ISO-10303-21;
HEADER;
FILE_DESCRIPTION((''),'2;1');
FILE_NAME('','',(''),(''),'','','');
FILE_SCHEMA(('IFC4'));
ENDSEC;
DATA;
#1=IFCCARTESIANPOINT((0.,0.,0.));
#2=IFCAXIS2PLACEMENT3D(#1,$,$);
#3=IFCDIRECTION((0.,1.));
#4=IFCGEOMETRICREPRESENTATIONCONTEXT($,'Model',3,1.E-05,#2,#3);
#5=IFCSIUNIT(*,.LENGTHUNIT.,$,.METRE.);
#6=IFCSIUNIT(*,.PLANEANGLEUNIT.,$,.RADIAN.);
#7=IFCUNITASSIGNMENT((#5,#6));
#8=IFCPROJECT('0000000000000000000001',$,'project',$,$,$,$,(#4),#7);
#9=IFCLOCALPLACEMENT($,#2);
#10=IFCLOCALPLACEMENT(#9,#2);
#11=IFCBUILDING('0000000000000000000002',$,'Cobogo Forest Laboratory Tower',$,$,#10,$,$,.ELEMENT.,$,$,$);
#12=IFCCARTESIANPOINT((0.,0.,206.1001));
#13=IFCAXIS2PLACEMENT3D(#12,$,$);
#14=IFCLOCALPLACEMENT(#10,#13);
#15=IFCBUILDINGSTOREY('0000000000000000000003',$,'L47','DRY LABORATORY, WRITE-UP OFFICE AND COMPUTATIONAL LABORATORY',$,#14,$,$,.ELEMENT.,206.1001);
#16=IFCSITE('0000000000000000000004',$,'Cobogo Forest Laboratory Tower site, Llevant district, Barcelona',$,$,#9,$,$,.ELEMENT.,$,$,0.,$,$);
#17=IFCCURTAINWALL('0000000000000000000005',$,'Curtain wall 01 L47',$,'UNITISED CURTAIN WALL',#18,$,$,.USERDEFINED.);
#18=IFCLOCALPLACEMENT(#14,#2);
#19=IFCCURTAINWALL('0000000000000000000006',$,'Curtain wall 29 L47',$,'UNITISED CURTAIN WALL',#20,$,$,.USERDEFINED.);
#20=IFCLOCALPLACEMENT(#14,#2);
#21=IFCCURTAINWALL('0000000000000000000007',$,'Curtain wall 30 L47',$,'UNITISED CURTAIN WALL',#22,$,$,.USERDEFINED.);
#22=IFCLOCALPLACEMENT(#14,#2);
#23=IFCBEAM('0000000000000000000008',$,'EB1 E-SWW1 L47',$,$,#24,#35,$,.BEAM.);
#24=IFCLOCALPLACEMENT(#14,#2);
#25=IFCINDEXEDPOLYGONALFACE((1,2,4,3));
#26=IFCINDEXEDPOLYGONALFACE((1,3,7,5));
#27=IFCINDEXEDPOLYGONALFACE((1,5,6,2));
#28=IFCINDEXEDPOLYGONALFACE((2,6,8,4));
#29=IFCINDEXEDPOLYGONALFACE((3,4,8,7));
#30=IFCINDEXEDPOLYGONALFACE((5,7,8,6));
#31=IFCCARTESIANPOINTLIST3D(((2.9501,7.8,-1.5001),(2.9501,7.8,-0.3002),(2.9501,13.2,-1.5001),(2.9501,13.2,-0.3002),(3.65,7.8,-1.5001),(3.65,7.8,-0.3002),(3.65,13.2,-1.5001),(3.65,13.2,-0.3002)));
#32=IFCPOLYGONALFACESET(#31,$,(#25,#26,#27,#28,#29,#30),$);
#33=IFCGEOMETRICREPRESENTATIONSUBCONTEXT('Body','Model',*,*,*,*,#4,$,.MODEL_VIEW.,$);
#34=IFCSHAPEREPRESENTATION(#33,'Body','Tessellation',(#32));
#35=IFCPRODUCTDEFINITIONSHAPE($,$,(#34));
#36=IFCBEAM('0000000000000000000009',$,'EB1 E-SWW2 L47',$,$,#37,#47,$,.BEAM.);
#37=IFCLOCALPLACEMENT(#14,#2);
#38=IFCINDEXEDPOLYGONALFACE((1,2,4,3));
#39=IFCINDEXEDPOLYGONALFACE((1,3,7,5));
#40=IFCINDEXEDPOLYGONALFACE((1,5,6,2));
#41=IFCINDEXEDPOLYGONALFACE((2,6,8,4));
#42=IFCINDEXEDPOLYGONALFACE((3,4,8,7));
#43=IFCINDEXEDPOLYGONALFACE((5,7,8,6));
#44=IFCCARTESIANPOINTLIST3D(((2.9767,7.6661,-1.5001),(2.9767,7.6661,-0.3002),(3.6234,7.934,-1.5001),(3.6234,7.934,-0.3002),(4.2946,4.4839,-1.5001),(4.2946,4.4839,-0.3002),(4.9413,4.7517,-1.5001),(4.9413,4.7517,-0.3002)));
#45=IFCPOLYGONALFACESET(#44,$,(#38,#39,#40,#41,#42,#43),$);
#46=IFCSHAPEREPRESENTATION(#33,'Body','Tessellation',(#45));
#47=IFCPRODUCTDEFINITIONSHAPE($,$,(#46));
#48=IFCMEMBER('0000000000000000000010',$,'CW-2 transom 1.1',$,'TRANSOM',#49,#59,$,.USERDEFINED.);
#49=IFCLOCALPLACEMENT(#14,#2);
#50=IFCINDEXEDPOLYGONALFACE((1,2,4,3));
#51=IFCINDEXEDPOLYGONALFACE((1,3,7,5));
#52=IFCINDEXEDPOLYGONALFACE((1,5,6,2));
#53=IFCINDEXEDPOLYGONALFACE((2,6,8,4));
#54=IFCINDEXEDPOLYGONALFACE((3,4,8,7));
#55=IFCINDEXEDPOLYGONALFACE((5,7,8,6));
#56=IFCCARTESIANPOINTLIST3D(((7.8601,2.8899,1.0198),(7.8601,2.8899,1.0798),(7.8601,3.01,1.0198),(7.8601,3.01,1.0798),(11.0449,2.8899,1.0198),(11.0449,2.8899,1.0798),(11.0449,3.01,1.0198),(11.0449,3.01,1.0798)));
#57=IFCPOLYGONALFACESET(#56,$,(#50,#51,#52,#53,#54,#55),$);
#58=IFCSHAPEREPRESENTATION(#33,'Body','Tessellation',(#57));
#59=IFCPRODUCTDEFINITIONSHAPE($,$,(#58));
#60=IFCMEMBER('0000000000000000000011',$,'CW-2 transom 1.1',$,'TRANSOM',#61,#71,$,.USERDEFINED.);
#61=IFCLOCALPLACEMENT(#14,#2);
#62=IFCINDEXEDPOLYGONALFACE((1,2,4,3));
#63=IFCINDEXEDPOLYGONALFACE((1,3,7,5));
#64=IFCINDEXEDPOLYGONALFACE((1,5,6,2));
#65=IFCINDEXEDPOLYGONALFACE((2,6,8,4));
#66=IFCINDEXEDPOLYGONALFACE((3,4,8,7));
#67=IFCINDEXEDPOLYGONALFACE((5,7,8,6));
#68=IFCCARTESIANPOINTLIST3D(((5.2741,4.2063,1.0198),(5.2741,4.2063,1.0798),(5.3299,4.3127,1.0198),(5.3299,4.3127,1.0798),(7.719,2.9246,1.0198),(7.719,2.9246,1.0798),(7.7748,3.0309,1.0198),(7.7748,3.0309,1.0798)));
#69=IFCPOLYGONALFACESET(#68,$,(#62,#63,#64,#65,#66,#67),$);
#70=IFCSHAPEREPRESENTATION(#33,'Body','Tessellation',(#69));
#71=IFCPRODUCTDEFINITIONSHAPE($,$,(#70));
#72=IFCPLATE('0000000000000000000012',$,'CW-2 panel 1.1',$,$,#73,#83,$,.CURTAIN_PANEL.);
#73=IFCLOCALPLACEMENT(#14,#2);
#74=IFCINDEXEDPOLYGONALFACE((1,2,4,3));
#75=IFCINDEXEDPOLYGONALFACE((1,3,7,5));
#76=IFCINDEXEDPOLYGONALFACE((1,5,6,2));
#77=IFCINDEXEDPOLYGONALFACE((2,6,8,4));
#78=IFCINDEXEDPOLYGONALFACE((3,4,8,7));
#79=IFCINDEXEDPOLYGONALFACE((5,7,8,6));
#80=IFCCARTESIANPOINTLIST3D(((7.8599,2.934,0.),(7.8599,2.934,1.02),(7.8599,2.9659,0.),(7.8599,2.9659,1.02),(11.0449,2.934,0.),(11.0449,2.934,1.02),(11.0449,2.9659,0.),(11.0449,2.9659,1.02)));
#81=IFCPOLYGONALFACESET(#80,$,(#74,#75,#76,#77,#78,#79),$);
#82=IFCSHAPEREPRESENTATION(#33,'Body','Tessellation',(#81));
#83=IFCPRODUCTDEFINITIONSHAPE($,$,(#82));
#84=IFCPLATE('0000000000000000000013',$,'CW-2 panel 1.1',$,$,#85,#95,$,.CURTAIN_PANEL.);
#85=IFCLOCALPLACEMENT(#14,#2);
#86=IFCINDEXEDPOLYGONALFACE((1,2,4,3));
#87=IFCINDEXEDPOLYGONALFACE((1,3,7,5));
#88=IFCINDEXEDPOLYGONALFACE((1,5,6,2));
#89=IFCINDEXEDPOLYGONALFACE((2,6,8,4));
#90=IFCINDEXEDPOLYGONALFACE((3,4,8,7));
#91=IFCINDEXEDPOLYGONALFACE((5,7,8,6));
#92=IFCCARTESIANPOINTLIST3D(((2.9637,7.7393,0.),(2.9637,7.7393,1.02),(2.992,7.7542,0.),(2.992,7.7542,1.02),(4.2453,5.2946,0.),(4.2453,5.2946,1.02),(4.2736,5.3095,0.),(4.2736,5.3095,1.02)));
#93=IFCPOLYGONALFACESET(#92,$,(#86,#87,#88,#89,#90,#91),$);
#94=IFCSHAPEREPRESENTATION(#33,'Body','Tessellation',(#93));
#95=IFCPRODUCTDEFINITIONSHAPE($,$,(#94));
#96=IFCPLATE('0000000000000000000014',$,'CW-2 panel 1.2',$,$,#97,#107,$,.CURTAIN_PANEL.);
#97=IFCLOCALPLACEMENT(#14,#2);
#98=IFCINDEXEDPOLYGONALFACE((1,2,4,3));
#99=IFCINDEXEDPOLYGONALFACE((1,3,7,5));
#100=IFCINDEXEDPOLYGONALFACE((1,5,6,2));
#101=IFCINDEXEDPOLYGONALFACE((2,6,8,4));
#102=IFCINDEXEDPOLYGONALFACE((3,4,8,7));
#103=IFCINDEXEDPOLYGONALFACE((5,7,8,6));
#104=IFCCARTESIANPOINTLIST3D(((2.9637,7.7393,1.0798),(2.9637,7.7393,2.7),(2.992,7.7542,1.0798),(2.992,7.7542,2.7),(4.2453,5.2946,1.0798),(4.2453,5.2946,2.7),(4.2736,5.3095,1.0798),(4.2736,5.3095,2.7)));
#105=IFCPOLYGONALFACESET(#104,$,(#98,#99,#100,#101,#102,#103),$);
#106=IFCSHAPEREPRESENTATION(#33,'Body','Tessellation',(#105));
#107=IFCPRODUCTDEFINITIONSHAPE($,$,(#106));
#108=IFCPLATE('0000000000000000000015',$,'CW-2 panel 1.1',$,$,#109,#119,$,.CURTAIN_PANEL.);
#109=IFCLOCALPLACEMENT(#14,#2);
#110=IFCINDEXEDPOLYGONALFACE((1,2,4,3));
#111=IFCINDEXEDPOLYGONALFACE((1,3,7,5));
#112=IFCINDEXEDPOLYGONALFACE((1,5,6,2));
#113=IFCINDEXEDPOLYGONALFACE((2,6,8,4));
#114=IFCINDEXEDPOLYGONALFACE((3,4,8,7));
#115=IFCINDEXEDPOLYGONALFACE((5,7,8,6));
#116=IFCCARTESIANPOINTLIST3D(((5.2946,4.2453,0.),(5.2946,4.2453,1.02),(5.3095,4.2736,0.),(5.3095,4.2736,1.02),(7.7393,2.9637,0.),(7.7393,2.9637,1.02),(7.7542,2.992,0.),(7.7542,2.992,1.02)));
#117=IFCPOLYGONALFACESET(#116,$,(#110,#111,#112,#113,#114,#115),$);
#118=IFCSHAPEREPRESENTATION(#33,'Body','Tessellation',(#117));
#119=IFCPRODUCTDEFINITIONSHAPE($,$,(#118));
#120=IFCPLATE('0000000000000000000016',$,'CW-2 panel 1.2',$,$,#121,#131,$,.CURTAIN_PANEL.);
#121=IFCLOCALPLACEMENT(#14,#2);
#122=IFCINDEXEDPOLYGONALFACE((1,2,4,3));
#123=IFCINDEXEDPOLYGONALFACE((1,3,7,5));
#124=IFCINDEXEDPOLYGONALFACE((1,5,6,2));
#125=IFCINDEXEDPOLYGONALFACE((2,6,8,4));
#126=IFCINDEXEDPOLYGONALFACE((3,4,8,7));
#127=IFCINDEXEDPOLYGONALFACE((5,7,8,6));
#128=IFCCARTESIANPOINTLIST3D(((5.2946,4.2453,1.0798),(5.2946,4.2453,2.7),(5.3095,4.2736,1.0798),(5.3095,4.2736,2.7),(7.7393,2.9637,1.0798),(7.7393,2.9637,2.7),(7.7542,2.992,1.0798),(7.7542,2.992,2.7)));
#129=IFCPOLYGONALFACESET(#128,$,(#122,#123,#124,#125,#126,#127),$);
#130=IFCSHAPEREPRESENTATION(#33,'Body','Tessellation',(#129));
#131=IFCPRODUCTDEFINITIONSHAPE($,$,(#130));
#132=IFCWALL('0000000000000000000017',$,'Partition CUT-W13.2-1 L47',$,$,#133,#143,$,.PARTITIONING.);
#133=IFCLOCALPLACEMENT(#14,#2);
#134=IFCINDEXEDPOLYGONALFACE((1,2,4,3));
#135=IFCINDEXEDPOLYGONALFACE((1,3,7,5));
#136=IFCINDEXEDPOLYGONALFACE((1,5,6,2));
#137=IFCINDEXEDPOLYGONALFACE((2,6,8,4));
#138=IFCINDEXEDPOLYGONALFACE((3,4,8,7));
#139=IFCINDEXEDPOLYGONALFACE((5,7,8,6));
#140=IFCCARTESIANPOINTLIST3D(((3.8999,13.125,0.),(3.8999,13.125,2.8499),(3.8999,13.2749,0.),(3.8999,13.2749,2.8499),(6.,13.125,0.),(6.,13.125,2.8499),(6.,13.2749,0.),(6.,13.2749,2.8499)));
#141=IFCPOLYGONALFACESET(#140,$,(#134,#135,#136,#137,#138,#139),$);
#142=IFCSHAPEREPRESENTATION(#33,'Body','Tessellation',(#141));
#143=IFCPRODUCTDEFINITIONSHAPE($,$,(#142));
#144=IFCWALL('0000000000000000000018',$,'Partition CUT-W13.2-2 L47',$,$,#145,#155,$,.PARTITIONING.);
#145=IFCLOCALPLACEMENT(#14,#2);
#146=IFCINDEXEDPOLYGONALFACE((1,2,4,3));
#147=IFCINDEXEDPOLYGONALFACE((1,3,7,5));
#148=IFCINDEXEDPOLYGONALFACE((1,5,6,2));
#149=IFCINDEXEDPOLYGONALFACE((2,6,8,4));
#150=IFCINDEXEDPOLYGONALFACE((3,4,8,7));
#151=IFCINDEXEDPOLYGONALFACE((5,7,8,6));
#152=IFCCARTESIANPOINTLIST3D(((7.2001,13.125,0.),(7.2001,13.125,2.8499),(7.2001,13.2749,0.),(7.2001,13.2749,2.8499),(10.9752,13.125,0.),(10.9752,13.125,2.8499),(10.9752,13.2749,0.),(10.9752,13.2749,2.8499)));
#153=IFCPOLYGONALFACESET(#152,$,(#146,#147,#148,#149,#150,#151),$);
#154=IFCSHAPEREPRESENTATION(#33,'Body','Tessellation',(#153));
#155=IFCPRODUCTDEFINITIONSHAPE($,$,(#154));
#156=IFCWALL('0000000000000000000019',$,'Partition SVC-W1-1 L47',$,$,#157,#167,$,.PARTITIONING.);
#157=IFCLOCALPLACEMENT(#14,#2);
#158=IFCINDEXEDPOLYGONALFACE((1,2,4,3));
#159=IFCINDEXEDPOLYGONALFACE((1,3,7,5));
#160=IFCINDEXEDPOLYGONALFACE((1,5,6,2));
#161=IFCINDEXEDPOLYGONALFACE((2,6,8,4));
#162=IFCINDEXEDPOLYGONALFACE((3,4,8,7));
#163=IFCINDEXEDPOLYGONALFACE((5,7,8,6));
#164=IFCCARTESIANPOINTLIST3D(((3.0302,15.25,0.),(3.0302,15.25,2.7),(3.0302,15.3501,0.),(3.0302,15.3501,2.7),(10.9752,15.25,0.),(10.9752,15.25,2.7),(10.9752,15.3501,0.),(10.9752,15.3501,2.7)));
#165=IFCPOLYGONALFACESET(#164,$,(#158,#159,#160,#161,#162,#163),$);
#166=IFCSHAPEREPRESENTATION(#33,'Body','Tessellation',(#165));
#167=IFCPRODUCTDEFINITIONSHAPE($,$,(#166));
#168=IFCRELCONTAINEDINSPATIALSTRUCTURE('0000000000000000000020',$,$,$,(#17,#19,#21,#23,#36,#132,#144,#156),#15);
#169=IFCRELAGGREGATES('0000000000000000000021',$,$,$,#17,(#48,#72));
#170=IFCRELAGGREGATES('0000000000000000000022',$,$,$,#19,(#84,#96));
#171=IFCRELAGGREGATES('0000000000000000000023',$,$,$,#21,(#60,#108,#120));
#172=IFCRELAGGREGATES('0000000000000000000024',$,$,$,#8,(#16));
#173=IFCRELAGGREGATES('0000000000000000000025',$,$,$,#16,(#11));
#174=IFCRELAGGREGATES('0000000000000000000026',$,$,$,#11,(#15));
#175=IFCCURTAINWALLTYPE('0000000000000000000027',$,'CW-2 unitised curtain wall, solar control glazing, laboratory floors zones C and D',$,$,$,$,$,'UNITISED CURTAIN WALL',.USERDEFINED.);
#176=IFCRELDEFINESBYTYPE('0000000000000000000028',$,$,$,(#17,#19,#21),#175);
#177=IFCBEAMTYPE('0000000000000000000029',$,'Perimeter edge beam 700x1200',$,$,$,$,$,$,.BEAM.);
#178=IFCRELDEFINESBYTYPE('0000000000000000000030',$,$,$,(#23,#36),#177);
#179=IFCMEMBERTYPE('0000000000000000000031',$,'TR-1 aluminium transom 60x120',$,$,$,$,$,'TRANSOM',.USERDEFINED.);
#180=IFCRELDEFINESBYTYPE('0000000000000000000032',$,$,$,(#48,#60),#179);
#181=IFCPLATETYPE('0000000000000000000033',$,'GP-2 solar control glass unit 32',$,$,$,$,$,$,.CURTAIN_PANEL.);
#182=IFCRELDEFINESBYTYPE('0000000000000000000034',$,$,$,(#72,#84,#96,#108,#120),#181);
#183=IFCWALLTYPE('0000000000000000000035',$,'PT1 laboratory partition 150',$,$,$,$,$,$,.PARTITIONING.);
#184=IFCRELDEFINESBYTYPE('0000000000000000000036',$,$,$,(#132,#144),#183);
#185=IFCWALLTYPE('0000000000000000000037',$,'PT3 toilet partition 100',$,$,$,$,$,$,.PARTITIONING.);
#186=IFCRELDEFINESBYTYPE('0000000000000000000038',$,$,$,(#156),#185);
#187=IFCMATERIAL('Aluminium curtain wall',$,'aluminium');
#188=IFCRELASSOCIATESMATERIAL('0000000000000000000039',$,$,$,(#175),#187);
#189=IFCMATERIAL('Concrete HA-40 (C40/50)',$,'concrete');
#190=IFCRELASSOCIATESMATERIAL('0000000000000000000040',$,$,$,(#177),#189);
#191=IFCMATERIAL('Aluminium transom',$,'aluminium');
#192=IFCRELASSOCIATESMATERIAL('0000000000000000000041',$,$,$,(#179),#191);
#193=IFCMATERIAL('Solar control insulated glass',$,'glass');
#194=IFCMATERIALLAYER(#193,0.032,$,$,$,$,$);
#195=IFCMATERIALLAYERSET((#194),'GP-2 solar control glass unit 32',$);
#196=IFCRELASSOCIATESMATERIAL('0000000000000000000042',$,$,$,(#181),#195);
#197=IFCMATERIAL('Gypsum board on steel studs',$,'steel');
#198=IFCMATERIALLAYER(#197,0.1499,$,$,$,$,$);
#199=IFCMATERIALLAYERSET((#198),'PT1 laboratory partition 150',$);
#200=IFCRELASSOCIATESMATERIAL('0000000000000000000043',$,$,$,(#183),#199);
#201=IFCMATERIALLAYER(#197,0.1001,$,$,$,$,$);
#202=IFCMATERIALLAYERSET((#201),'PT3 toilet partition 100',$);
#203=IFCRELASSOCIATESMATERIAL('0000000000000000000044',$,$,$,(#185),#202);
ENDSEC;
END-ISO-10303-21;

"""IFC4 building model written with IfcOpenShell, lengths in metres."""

from ifc_helpers import new_model, si_unit, direction, frame, frame_2d, origin, origin_2d, place, context, subcontext, project, spatial, rectangle, extrude, material, layer, layer_set, material_profile, profile_set, type_object, element, aggregate, save


model = new_model("IFC4")

# Units and contexts
model_context = context("Model", 3, precision=1e-05, world=origin(), true_north=direction((0.0, 1.0)))
body_context = subcontext(model_context, "Body", "Model", "MODEL_VIEW")
ifc_project = project(units=[si_unit("LENGTHUNIT", "METRE"), si_unit("PLANEANGLEUNIT", "RADIAN")], contexts=[model_context])

# Site, building, storey
site_placement = place(None, origin())
site = spatial("IfcSite", under=ifc_project, at=site_placement, Name="Cobogo Forest Laboratory Tower site, Llevant district, Barcelona", CompositionType="ELEMENT", RefElevation=0.0)
building_placement = place(site_placement, origin())
building = spatial("IfcBuilding", under=site, at=building_placement, Name="Cobogo Forest Laboratory Tower", CompositionType="ELEMENT")
storey_placement = place(building_placement, frame((0.0, 0.0, 206.1001)))
storey = spatial("IfcBuildingStorey", under=building, at=storey_placement, Name="L47", Description="DRY LABORATORY, WRITE-UP OFFICE AND COMPUTATIONAL LABORATORY", CompositionType="ELEMENT", Elevation=206.1001)

# Curtain walls
ifc_material_1 = material(Name="Aluminium curtain wall", Category="aluminium")
curtain_wall_type = type_object("IfcCurtainWallType", Name="CW-2 unitised curtain wall, solar control glazing, laboratory floors zones C and D", ElementType="UNITISED CURTAIN WALL", PredefinedType="USERDEFINED", material=ifc_material_1)
curtain_wall_1_placement = place(storey_placement, origin())
curtain_wall_1 = element("IfcCurtainWall", 1, at=curtain_wall_1_placement, inside=storey, type_object=curtain_wall_type, Name="Curtain wall 01 L47", ObjectType="UNITISED CURTAIN WALL", PredefinedType="USERDEFINED")
curtain_wall_2_placement = place(storey_placement, origin())
curtain_wall_2 = element("IfcCurtainWall", 2, at=curtain_wall_2_placement, inside=storey, type_object=curtain_wall_type, Name="Curtain wall 29 L47", ObjectType="UNITISED CURTAIN WALL", PredefinedType="USERDEFINED")

# Curtain wall
curtain_wall_3_placement = place(storey_placement, origin())
curtain_wall_3 = element("IfcCurtainWall", 3, at=curtain_wall_3_placement, inside=storey, type_object=curtain_wall_type, Name="Curtain wall 30 L47", ObjectType="UNITISED CURTAIN WALL", PredefinedType="USERDEFINED")

# Beams
ifc_material_2 = material(Name="Concrete HA-40 (C40/50)", Category="concrete")
ifc_material_profile_1 = material_profile(ifc_material_2, rectangle(XDim=0.7, YDim=1.2, at=origin_2d()), Name="RC 700x1200")
ifc_profile_set_1 = profile_set([ifc_material_profile_1], Name="Concrete HA-40 (C40/50)")
beam_type_1 = type_object("IfcBeamType", Name="Perimeter edge beam 700x1200", PredefinedType="BEAM", material=ifc_profile_set_1)
beam_1_placement = place(storey_placement, frame((3.3, 13.2, -0.9001), z_axis=(0.0, -1.0, 0.0), x_axis=(1.0, 0.0, 0.0)))
element("IfcBeam", 4, at=beam_1_placement, inside=storey, type_object=beam_type_1, Name="EB1 E-SWW1 L47", PredefinedType="BEAM", context=body_context, shape_type="SweptSolid", body=[
    extrude(rectangle(XDim=0.7, YDim=1.2, at=origin_2d()), origin(), (0.0, 0.0, 1.0), 5.3999),
])
beam_2_placement = place(storey_placement, frame((3.3, 7.8, -0.9001), z_axis=(0.382631, -0.923901, 0.0), x_axis=(0.923901, 0.382631, 0.0)))
element("IfcBeam", 5, at=beam_2_placement, inside=storey, type_object=beam_type_1, Name="EB1 E-SWW2 L47", PredefinedType="BEAM", context=body_context, shape_type="SweptSolid", body=[
    extrude(rectangle(XDim=0.7, YDim=1.2, at=origin_2d()), origin(), (0.0, 0.0, 1.0), 3.4443),
])

# Members
ifc_material_3 = material(Name="Aluminium transom", Category="aluminium")
ifc_material_profile_2 = material_profile(ifc_material_3, rectangle(XDim=0.1201, YDim=0.0601, at=origin_2d()), Name="AL 60x120")
ifc_profile_set_2 = profile_set([ifc_material_profile_2], Name="Aluminium transom")
member_type_1 = type_object("IfcMemberType", Name="TR-1 aluminium transom 60x120", ElementType="TRANSOM", PredefinedType="USERDEFINED", material=ifc_profile_set_2)
member_1_placement = place(storey_placement, frame((7.8601, 2.95, 1.0498), z_axis=(1.0, 0.0, 0.0), x_axis=(0.0, 1.0, 0.0)))
member_1 = element("IfcMember", 6, at=member_1_placement, type_object=member_type_1, Name="CW-2 transom 1.1", ObjectType="TRANSOM", PredefinedType="USERDEFINED", context=body_context, shape_type="SweptSolid", body=[
    extrude(rectangle(XDim=0.1201, YDim=0.0601, at=origin_2d()), origin(), (0.0, 0.0, 1.0), 3.1848),
])
member_2_placement = place(storey_placement, frame((5.302, 4.2595, 1.0498), z_axis=(0.885665, -0.464324, 0.0), x_axis=(0.464324, 0.885665, 0.0)))
member_2 = element("IfcMember", 7, at=member_2_placement, type_object=member_type_1, Name="CW-2 transom 1.1", ObjectType="TRANSOM", PredefinedType="USERDEFINED", context=body_context, shape_type="SweptSolid", body=[
    extrude(rectangle(XDim=0.1201, YDim=0.0601, at=origin_2d()), origin(), (0.0, 0.0, 1.0), 2.7605),
])

# Plates
ifc_material_4 = material(Name="Solar control insulated glass", Category="glass")
ifc_layer_1 = layer(ifc_material_4, 0.032)
ifc_layer_set_1 = layer_set([ifc_layer_1], Name="GP-2 solar control glass unit 32")
plate_type = type_object("IfcPlateType", Name="GP-2 solar control glass unit 32", PredefinedType="CURTAIN_PANEL", material=ifc_layer_set_1)
plate_1_placement = place(storey_placement, frame((9.4524, 2.95, 0.0), z_axis=(0.0, 0.0, 1.0), x_axis=(1.0, 0.0, 0.0)))
plate_1 = element("IfcPlate", 8, at=plate_1_placement, type_object=plate_type, Name="CW-2 panel 1.1", PredefinedType="CURTAIN_PANEL", context=body_context, shape_type="SweptSolid", body=[
    extrude(rectangle(XDim=3.1851, YDim=0.032, at=origin_2d()), origin(), (0.0, 0.0, 1.0), 1.02),
])
aggregate(curtain_wall_1, [member_1, plate_1])
plate_2_placement = place(storey_placement, frame((3.6187, 6.5244, 0.0), z_axis=(0.0, 0.0, 1.0), x_axis=(0.464284, -0.885686, 0.0)))
plate_2 = element("IfcPlate", 9, at=plate_2_placement, type_object=plate_type, Name="CW-2 panel 1.1", PredefinedType="CURTAIN_PANEL", context=body_context, shape_type="SweptSolid", body=[
    extrude(rectangle(XDim=2.7603, YDim=0.032, at=origin_2d()), origin(), (0.0, 0.0, 1.0), 1.02),
])
plate_3_placement = place(storey_placement, frame((3.6187, 6.5244, 1.0798), z_axis=(0.0, 0.0, 1.0), x_axis=(0.464284, -0.885686, 0.0)))
plate_3 = element("IfcPlate", 10, at=plate_3_placement, type_object=plate_type, Name="CW-2 panel 1.2", PredefinedType="CURTAIN_PANEL", context=body_context, shape_type="SweptSolid", body=[
    extrude(rectangle(XDim=2.7603, YDim=0.032, at=origin_2d()), origin(), (0.0, 0.0, 1.0), 1.6201),
])
aggregate(curtain_wall_2, [plate_2, plate_3])
plate_4_placement = place(storey_placement, frame((6.5244, 3.6187, 0.0), z_axis=(0.0, 0.0, 1.0), x_axis=(0.885686, -0.464284, 0.0)))
plate_4 = element("IfcPlate", 11, at=plate_4_placement, type_object=plate_type, Name="CW-2 panel 1.1", PredefinedType="CURTAIN_PANEL", context=body_context, shape_type="SweptSolid", body=[
    extrude(rectangle(XDim=2.7603, YDim=0.032, at=origin_2d()), origin(), (0.0, 0.0, 1.0), 1.02),
])
plate_5_placement = place(storey_placement, frame((6.5244, 3.6187, 1.0798), z_axis=(0.0, 0.0, 1.0), x_axis=(0.885686, -0.464284, 0.0)))
plate_5 = element("IfcPlate", 12, at=plate_5_placement, type_object=plate_type, Name="CW-2 panel 1.2", PredefinedType="CURTAIN_PANEL", context=body_context, shape_type="SweptSolid", body=[
    extrude(rectangle(XDim=2.7603, YDim=0.032, at=origin_2d()), origin(), (0.0, 0.0, 1.0), 1.6201),
])
aggregate(curtain_wall_3, [member_2, plate_4, plate_5])

# Walls
ifc_material_5 = material(Name="Gypsum board on steel studs", Category="steel")
ifc_layer_2 = layer(ifc_material_5, 0.1499)
ifc_layer_set_2 = layer_set([ifc_layer_2], Name="PT1 laboratory partition 150")
wall_type_1 = type_object("IfcWallType", Name="PT1 laboratory partition 150", PredefinedType="PARTITIONING", material=ifc_layer_set_2)
wall_1_placement = place(storey_placement, frame((3.8999, 13.2, 0.0), z_axis=(0.0, 0.0, 1.0), x_axis=(1.0, 0.0, 0.0)))
element("IfcWall", 13, at=wall_1_placement, inside=storey, type_object=wall_type_1, Name="Partition CUT-W13.2-1 L47", PredefinedType="PARTITIONING", context=body_context, shape_type="SweptSolid", body=[
    extrude(rectangle(XDim=2.1001, YDim=0.1499, at=frame_2d((1.05, 0.0))), origin(), (0.0, 0.0, 1.0), 2.8499),
])
wall_2_placement = place(storey_placement, frame((7.2, 13.2, 0.0), z_axis=(0.0, 0.0, 1.0), x_axis=(1.0, 0.0, 0.0)))
element("IfcWall", 14, at=wall_2_placement, inside=storey, type_object=wall_type_1, Name="Partition CUT-W13.2-2 L47", PredefinedType="PARTITIONING", context=body_context, shape_type="SweptSolid", body=[
    extrude(rectangle(XDim=3.7751, YDim=0.1499, at=frame_2d((1.8877, 0.0))), origin(), (0.0, 0.0, 1.0), 2.8499),
])
ifc_layer_3 = layer(ifc_material_5, 0.1001)
ifc_layer_set_3 = layer_set([ifc_layer_3], Name="PT3 toilet partition 100")
wall_type_2 = type_object("IfcWallType", Name="PT3 toilet partition 100", PredefinedType="PARTITIONING", material=ifc_layer_set_3)
wall_3_placement = place(storey_placement, frame((3.03, 15.3, 0.0), z_axis=(0.0, 0.0, 1.0), x_axis=(1.0, 0.0, 0.0)))
element("IfcWall", 15, at=wall_3_placement, inside=storey, type_object=wall_type_2, Name="Partition SVC-W1-1 L47", PredefinedType="PARTITIONING", context=body_context, shape_type="SweptSolid", body=[
    extrude(rectangle(XDim=7.9451, YDim=0.1001, at=frame_2d((3.9727, 0.0))), origin(), (0.0, 0.0, 1.0), 2.7),
])

save(model, "model.ifc")
